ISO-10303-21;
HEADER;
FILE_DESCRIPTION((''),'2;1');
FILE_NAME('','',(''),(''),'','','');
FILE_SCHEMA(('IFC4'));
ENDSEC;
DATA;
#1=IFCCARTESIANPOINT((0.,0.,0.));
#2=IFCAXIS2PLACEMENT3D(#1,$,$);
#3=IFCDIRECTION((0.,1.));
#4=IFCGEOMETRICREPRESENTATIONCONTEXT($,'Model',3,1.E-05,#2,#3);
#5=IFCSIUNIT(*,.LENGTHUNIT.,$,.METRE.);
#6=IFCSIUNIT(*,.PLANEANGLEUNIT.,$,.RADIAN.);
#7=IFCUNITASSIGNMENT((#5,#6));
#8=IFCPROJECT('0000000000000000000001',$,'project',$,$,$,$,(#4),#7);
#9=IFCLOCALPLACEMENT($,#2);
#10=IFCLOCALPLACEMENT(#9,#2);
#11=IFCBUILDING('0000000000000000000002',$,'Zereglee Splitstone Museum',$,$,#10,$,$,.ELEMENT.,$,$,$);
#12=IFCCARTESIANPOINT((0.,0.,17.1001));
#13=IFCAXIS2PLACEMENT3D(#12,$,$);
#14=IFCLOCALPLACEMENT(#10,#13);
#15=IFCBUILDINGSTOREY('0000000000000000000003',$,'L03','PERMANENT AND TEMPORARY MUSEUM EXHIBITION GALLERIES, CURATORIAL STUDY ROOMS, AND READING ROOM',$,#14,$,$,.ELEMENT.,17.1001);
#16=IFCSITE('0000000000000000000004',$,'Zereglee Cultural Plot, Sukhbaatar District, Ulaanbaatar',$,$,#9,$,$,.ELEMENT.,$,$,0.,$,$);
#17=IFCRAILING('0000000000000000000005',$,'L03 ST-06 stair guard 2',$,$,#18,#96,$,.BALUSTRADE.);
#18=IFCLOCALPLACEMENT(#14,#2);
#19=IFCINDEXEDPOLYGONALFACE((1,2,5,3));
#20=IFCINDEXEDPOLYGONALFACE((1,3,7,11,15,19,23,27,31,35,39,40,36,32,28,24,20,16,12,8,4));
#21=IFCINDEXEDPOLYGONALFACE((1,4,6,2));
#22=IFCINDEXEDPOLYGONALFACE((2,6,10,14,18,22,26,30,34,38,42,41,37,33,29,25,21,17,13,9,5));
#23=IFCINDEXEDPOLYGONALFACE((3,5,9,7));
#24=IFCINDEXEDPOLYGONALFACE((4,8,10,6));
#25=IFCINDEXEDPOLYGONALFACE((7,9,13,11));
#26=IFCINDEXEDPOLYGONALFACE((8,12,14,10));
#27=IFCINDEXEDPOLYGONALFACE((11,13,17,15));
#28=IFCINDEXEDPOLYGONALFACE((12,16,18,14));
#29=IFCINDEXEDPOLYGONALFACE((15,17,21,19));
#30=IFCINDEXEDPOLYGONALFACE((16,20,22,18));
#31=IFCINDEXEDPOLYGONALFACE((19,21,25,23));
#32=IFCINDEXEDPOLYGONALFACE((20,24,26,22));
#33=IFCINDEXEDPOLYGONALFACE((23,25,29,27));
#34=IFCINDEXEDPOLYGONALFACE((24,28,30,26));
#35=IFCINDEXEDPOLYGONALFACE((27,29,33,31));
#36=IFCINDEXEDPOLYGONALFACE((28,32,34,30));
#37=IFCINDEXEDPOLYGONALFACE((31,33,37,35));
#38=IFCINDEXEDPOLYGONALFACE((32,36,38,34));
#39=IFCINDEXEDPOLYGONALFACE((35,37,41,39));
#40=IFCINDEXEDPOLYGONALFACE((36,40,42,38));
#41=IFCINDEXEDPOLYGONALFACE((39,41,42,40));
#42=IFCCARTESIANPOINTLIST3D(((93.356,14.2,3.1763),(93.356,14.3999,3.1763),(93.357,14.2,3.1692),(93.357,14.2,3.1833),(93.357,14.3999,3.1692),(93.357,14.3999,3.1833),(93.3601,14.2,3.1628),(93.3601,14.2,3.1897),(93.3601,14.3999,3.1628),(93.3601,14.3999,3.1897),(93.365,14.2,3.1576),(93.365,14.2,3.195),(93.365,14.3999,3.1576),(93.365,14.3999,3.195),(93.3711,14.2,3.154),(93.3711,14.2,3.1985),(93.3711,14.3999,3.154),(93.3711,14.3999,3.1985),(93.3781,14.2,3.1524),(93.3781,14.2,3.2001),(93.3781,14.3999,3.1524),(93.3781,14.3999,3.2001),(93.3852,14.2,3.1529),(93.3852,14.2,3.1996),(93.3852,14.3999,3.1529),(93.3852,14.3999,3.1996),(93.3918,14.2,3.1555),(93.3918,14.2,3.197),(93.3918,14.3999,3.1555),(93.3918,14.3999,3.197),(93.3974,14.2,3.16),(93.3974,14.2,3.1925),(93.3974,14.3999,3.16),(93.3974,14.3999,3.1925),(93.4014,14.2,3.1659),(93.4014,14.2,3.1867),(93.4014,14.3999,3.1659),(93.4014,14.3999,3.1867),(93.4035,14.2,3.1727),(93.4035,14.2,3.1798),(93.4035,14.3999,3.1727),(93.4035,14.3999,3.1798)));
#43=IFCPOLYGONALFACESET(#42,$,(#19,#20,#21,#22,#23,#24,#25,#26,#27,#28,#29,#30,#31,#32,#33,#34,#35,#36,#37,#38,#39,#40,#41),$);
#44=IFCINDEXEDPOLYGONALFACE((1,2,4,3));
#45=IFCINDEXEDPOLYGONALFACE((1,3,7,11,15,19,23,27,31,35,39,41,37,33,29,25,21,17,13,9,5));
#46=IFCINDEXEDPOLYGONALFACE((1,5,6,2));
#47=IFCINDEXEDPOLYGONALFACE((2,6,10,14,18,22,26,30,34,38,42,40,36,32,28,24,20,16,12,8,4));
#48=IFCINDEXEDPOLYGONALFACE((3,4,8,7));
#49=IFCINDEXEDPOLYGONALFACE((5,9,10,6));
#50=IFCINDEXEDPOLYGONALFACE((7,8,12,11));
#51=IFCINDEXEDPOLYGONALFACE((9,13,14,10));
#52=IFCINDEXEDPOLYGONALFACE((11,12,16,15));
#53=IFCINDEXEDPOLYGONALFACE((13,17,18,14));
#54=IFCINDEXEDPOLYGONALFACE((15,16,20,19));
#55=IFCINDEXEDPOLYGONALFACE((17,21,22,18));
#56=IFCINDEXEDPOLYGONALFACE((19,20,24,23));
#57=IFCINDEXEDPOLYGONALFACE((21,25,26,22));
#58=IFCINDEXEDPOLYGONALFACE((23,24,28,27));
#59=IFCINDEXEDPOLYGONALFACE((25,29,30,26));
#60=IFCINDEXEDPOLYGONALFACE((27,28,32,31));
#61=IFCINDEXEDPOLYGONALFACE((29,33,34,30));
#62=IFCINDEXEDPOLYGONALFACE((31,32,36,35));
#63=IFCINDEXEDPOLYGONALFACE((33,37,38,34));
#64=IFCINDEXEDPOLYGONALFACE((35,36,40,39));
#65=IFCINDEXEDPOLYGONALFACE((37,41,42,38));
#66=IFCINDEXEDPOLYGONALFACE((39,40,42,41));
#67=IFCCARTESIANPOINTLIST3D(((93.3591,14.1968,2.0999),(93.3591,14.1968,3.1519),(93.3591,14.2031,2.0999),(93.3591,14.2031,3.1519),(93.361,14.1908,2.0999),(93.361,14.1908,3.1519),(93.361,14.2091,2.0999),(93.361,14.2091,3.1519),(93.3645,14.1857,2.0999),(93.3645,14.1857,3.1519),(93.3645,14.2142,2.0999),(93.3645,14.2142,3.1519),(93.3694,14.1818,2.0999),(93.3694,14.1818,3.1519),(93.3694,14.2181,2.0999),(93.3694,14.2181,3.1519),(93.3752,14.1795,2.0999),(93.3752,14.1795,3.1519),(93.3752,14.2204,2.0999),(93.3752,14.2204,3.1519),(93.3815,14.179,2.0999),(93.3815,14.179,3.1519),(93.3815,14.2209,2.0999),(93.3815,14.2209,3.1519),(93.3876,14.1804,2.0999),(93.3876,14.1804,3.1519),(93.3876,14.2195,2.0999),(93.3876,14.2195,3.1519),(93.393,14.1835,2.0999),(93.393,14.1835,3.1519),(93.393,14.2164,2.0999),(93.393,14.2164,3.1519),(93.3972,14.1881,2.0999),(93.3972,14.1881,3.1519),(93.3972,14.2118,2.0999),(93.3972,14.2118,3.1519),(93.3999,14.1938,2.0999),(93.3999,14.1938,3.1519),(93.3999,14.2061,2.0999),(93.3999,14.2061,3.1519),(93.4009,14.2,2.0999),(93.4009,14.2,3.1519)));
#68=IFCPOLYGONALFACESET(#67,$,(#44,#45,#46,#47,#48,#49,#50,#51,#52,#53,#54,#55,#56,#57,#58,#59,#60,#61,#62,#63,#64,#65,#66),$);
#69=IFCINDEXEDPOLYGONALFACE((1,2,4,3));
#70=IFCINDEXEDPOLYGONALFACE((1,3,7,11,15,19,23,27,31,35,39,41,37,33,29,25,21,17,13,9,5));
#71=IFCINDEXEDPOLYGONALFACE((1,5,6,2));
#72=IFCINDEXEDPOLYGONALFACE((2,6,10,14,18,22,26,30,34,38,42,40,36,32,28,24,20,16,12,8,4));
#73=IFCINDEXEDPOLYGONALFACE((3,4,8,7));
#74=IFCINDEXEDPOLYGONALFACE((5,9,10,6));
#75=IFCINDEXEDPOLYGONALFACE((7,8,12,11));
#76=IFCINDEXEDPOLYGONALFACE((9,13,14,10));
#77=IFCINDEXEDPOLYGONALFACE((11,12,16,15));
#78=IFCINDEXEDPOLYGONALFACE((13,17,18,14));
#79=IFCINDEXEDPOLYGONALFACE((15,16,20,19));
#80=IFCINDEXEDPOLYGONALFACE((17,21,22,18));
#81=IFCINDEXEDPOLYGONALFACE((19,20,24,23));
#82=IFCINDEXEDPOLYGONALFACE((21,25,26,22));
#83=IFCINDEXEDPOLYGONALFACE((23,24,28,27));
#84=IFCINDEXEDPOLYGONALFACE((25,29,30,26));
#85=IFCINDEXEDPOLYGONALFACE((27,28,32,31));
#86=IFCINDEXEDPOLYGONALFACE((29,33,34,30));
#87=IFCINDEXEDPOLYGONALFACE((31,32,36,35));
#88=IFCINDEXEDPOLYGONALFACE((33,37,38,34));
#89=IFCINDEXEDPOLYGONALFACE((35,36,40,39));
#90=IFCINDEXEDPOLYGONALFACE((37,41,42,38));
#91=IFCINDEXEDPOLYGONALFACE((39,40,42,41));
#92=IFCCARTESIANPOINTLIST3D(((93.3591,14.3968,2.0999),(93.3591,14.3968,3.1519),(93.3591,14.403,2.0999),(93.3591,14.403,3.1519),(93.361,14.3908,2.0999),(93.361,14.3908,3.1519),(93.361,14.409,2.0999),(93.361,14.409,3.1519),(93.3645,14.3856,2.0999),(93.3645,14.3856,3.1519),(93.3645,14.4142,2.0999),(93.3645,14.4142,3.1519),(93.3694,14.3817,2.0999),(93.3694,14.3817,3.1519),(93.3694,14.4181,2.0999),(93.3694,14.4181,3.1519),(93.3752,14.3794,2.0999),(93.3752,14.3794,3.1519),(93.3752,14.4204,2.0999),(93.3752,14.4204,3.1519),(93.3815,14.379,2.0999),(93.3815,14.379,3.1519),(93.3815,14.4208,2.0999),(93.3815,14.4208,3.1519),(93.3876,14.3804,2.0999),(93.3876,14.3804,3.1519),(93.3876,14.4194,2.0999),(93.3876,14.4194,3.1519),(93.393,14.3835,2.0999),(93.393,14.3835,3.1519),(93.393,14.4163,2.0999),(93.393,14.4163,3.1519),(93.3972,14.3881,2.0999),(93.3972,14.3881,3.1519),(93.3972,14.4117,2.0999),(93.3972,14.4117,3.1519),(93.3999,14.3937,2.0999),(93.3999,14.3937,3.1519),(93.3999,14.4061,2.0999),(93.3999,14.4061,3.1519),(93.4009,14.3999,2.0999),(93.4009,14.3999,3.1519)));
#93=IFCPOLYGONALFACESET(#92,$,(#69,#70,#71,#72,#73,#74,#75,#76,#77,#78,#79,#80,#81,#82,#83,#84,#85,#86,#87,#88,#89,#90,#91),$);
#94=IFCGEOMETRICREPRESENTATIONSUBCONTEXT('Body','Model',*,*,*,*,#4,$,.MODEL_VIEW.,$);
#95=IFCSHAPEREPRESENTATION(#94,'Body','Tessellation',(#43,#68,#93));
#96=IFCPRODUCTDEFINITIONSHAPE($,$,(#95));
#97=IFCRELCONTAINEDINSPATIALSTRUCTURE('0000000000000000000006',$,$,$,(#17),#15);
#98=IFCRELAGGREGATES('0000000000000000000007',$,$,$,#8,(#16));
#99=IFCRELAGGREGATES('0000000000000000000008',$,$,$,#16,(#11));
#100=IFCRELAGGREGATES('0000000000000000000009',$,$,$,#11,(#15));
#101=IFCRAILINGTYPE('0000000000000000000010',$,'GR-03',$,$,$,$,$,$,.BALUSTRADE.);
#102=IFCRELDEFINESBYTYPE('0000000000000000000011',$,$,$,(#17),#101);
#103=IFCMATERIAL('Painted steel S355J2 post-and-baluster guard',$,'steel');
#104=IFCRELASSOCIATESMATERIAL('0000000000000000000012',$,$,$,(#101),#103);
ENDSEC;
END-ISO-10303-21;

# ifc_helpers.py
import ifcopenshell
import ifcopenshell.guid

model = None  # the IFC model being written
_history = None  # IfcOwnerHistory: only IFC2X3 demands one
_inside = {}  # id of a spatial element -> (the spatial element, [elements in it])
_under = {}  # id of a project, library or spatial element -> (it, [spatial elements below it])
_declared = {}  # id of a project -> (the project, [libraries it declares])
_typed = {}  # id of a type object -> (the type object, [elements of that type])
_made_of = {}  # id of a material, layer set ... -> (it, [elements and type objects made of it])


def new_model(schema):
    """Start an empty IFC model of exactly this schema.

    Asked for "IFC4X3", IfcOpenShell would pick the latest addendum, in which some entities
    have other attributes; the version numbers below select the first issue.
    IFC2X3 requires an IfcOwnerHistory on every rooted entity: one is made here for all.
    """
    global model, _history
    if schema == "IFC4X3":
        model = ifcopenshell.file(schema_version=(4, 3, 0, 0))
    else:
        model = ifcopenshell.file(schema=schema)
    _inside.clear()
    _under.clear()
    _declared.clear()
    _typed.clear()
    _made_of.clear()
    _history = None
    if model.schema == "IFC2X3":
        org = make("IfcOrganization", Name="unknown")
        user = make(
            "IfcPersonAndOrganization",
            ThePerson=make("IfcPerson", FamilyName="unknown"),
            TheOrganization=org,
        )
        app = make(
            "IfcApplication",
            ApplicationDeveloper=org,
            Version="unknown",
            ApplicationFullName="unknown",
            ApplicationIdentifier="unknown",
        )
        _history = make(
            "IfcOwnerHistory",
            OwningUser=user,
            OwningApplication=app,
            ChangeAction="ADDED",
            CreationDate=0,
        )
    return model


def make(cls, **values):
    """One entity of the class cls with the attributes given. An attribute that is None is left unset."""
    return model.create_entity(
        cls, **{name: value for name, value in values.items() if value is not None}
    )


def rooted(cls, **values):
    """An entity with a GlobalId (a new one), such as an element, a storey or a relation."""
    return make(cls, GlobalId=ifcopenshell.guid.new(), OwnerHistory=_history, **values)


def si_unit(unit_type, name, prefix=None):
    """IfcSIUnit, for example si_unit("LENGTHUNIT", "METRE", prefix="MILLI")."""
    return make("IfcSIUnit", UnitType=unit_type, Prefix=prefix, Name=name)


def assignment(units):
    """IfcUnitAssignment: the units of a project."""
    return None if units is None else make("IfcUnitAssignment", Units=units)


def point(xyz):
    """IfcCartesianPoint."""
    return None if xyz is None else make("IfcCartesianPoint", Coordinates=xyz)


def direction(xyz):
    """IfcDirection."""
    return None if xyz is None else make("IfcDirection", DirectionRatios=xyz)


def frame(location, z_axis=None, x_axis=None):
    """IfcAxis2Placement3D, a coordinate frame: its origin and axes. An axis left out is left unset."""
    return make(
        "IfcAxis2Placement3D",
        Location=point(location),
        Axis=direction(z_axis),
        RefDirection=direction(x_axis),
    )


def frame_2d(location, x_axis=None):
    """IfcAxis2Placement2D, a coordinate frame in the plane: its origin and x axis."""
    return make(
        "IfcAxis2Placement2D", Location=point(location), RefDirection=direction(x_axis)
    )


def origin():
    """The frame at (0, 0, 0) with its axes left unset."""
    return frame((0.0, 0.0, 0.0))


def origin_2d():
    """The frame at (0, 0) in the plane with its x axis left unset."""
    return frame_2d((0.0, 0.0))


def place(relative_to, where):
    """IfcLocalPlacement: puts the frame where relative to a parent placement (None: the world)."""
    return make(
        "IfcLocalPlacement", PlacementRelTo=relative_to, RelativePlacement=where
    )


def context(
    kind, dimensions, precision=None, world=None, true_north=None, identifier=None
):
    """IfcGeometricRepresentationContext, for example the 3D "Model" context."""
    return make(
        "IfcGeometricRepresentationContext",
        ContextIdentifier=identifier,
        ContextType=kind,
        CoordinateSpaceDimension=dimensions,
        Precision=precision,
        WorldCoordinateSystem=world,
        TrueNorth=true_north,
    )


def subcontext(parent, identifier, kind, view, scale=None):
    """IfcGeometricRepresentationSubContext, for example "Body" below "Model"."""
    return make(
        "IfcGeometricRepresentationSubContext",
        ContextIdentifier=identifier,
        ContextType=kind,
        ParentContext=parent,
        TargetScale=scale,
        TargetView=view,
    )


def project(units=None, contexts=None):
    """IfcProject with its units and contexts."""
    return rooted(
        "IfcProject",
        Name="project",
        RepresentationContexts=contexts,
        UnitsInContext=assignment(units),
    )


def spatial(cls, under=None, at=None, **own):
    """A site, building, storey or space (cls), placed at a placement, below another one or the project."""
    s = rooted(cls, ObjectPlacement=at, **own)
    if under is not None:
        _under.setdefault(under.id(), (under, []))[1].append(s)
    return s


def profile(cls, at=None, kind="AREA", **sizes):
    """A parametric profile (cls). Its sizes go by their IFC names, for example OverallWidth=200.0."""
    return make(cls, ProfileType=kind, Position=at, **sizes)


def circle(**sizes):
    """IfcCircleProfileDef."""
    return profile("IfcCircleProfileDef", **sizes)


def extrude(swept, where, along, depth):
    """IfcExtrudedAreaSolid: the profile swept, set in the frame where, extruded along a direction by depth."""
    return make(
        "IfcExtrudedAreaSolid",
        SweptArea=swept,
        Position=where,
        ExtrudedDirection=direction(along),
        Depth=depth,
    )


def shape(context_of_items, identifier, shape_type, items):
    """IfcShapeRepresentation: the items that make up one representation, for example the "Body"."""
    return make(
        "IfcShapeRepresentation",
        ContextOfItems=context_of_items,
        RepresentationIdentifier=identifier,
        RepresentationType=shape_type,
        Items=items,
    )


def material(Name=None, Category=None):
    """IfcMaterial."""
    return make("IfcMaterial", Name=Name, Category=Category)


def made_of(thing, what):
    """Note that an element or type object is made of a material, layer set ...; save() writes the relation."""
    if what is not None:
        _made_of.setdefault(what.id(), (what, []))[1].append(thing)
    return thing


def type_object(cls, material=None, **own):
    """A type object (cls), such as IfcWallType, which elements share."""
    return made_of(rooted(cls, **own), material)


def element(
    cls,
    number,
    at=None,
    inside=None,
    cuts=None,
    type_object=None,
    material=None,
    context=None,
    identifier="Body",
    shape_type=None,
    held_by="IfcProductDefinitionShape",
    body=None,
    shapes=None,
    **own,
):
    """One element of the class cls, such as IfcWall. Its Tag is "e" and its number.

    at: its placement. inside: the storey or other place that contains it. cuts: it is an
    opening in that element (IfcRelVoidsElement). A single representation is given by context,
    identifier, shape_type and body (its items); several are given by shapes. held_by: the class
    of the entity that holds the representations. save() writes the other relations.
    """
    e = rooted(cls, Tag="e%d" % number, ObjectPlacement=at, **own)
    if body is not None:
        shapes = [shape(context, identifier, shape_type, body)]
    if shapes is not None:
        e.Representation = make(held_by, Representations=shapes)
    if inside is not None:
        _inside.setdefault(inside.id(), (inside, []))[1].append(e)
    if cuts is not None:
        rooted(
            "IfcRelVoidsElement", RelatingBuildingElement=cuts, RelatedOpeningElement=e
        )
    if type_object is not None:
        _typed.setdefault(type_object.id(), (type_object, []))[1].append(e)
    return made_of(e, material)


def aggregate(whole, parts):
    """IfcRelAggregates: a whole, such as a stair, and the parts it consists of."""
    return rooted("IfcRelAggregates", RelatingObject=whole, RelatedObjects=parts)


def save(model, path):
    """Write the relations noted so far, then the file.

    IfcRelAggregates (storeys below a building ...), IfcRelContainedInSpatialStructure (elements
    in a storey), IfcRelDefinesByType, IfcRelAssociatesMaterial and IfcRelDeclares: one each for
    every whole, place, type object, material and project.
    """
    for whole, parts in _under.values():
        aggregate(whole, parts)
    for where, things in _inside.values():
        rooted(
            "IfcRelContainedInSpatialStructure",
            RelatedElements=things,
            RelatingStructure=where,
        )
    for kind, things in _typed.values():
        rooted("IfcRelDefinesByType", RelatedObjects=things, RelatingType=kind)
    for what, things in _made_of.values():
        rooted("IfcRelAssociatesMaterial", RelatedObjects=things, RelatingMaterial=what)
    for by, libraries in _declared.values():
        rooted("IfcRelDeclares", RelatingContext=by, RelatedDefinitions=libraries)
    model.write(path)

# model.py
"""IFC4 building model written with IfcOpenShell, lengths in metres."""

from ifc_helpers import new_model, si_unit, direction, frame, origin, origin_2d, place, context, subcontext, project, spatial, circle, extrude, material, type_object, element, save


model = new_model("IFC4")

# Units and contexts
model_context = context("Model", 3, precision=1e-05, world=origin(), true_north=direction((0.0, 1.0)))
body_context = subcontext(model_context, "Body", "Model", "MODEL_VIEW")
ifc_project = project(units=[si_unit("LENGTHUNIT", "METRE"), si_unit("PLANEANGLEUNIT", "RADIAN")], contexts=[model_context])

# Site, building, storey
site_placement = place(None, origin())
site = spatial("IfcSite", under=ifc_project, at=site_placement, Name="Zereglee Cultural Plot, Sukhbaatar District, Ulaanbaatar", CompositionType="ELEMENT", RefElevation=0.0)
building_placement = place(site_placement, origin())
building = spatial("IfcBuilding", under=site, at=building_placement, Name="Zereglee Splitstone Museum", CompositionType="ELEMENT")
storey_placement = place(building_placement, frame((0.0, 0.0, 17.1001)))
storey = spatial("IfcBuildingStorey", under=building, at=storey_placement, Name="L03", Description="PERMANENT AND TEMPORARY MUSEUM EXHIBITION GALLERIES, CURATORIAL STUDY ROOMS, AND READING ROOM", CompositionType="ELEMENT", Elevation=17.1001)

# Railing
ifc_material_1 = material(Name="Painted steel S355J2 post-and-baluster guard", Category="steel")
railing_type_1 = type_object("IfcRailingType", Name="GR-03", PredefinedType="BALUSTRADE", material=ifc_material_1)
railing_1_placement = place(storey_placement, frame((93.3799, 14.2, 2.0999)))
element("IfcRailing", 1, at=railing_1_placement, inside=storey, type_object=railing_type_1, Name="L03 ST-06 stair guard 2", PredefinedType="BALUSTRADE", context=body_context, shape_type="SweptSolid", body=[
    extrude(circle(Radius=0.0239, at=origin_2d()), frame((0.0, 0.0, 1.0764), z_axis=(0.0, 1.0, 0.0), x_axis=(-1.0, 0.0, 0.0)), (0.0, 0.0, 1.0), 0.2),
    extrude(circle(Radius=0.021, at=origin_2d()), origin(), (0.0, 0.0, 1.0), 1.052),
    extrude(circle(Radius=0.021, at=origin_2d()), frame((0.0, 0.2, 0.0)), (0.0, 0.0, 1.0), 1.052),
])

save(model, "model.ifc")
